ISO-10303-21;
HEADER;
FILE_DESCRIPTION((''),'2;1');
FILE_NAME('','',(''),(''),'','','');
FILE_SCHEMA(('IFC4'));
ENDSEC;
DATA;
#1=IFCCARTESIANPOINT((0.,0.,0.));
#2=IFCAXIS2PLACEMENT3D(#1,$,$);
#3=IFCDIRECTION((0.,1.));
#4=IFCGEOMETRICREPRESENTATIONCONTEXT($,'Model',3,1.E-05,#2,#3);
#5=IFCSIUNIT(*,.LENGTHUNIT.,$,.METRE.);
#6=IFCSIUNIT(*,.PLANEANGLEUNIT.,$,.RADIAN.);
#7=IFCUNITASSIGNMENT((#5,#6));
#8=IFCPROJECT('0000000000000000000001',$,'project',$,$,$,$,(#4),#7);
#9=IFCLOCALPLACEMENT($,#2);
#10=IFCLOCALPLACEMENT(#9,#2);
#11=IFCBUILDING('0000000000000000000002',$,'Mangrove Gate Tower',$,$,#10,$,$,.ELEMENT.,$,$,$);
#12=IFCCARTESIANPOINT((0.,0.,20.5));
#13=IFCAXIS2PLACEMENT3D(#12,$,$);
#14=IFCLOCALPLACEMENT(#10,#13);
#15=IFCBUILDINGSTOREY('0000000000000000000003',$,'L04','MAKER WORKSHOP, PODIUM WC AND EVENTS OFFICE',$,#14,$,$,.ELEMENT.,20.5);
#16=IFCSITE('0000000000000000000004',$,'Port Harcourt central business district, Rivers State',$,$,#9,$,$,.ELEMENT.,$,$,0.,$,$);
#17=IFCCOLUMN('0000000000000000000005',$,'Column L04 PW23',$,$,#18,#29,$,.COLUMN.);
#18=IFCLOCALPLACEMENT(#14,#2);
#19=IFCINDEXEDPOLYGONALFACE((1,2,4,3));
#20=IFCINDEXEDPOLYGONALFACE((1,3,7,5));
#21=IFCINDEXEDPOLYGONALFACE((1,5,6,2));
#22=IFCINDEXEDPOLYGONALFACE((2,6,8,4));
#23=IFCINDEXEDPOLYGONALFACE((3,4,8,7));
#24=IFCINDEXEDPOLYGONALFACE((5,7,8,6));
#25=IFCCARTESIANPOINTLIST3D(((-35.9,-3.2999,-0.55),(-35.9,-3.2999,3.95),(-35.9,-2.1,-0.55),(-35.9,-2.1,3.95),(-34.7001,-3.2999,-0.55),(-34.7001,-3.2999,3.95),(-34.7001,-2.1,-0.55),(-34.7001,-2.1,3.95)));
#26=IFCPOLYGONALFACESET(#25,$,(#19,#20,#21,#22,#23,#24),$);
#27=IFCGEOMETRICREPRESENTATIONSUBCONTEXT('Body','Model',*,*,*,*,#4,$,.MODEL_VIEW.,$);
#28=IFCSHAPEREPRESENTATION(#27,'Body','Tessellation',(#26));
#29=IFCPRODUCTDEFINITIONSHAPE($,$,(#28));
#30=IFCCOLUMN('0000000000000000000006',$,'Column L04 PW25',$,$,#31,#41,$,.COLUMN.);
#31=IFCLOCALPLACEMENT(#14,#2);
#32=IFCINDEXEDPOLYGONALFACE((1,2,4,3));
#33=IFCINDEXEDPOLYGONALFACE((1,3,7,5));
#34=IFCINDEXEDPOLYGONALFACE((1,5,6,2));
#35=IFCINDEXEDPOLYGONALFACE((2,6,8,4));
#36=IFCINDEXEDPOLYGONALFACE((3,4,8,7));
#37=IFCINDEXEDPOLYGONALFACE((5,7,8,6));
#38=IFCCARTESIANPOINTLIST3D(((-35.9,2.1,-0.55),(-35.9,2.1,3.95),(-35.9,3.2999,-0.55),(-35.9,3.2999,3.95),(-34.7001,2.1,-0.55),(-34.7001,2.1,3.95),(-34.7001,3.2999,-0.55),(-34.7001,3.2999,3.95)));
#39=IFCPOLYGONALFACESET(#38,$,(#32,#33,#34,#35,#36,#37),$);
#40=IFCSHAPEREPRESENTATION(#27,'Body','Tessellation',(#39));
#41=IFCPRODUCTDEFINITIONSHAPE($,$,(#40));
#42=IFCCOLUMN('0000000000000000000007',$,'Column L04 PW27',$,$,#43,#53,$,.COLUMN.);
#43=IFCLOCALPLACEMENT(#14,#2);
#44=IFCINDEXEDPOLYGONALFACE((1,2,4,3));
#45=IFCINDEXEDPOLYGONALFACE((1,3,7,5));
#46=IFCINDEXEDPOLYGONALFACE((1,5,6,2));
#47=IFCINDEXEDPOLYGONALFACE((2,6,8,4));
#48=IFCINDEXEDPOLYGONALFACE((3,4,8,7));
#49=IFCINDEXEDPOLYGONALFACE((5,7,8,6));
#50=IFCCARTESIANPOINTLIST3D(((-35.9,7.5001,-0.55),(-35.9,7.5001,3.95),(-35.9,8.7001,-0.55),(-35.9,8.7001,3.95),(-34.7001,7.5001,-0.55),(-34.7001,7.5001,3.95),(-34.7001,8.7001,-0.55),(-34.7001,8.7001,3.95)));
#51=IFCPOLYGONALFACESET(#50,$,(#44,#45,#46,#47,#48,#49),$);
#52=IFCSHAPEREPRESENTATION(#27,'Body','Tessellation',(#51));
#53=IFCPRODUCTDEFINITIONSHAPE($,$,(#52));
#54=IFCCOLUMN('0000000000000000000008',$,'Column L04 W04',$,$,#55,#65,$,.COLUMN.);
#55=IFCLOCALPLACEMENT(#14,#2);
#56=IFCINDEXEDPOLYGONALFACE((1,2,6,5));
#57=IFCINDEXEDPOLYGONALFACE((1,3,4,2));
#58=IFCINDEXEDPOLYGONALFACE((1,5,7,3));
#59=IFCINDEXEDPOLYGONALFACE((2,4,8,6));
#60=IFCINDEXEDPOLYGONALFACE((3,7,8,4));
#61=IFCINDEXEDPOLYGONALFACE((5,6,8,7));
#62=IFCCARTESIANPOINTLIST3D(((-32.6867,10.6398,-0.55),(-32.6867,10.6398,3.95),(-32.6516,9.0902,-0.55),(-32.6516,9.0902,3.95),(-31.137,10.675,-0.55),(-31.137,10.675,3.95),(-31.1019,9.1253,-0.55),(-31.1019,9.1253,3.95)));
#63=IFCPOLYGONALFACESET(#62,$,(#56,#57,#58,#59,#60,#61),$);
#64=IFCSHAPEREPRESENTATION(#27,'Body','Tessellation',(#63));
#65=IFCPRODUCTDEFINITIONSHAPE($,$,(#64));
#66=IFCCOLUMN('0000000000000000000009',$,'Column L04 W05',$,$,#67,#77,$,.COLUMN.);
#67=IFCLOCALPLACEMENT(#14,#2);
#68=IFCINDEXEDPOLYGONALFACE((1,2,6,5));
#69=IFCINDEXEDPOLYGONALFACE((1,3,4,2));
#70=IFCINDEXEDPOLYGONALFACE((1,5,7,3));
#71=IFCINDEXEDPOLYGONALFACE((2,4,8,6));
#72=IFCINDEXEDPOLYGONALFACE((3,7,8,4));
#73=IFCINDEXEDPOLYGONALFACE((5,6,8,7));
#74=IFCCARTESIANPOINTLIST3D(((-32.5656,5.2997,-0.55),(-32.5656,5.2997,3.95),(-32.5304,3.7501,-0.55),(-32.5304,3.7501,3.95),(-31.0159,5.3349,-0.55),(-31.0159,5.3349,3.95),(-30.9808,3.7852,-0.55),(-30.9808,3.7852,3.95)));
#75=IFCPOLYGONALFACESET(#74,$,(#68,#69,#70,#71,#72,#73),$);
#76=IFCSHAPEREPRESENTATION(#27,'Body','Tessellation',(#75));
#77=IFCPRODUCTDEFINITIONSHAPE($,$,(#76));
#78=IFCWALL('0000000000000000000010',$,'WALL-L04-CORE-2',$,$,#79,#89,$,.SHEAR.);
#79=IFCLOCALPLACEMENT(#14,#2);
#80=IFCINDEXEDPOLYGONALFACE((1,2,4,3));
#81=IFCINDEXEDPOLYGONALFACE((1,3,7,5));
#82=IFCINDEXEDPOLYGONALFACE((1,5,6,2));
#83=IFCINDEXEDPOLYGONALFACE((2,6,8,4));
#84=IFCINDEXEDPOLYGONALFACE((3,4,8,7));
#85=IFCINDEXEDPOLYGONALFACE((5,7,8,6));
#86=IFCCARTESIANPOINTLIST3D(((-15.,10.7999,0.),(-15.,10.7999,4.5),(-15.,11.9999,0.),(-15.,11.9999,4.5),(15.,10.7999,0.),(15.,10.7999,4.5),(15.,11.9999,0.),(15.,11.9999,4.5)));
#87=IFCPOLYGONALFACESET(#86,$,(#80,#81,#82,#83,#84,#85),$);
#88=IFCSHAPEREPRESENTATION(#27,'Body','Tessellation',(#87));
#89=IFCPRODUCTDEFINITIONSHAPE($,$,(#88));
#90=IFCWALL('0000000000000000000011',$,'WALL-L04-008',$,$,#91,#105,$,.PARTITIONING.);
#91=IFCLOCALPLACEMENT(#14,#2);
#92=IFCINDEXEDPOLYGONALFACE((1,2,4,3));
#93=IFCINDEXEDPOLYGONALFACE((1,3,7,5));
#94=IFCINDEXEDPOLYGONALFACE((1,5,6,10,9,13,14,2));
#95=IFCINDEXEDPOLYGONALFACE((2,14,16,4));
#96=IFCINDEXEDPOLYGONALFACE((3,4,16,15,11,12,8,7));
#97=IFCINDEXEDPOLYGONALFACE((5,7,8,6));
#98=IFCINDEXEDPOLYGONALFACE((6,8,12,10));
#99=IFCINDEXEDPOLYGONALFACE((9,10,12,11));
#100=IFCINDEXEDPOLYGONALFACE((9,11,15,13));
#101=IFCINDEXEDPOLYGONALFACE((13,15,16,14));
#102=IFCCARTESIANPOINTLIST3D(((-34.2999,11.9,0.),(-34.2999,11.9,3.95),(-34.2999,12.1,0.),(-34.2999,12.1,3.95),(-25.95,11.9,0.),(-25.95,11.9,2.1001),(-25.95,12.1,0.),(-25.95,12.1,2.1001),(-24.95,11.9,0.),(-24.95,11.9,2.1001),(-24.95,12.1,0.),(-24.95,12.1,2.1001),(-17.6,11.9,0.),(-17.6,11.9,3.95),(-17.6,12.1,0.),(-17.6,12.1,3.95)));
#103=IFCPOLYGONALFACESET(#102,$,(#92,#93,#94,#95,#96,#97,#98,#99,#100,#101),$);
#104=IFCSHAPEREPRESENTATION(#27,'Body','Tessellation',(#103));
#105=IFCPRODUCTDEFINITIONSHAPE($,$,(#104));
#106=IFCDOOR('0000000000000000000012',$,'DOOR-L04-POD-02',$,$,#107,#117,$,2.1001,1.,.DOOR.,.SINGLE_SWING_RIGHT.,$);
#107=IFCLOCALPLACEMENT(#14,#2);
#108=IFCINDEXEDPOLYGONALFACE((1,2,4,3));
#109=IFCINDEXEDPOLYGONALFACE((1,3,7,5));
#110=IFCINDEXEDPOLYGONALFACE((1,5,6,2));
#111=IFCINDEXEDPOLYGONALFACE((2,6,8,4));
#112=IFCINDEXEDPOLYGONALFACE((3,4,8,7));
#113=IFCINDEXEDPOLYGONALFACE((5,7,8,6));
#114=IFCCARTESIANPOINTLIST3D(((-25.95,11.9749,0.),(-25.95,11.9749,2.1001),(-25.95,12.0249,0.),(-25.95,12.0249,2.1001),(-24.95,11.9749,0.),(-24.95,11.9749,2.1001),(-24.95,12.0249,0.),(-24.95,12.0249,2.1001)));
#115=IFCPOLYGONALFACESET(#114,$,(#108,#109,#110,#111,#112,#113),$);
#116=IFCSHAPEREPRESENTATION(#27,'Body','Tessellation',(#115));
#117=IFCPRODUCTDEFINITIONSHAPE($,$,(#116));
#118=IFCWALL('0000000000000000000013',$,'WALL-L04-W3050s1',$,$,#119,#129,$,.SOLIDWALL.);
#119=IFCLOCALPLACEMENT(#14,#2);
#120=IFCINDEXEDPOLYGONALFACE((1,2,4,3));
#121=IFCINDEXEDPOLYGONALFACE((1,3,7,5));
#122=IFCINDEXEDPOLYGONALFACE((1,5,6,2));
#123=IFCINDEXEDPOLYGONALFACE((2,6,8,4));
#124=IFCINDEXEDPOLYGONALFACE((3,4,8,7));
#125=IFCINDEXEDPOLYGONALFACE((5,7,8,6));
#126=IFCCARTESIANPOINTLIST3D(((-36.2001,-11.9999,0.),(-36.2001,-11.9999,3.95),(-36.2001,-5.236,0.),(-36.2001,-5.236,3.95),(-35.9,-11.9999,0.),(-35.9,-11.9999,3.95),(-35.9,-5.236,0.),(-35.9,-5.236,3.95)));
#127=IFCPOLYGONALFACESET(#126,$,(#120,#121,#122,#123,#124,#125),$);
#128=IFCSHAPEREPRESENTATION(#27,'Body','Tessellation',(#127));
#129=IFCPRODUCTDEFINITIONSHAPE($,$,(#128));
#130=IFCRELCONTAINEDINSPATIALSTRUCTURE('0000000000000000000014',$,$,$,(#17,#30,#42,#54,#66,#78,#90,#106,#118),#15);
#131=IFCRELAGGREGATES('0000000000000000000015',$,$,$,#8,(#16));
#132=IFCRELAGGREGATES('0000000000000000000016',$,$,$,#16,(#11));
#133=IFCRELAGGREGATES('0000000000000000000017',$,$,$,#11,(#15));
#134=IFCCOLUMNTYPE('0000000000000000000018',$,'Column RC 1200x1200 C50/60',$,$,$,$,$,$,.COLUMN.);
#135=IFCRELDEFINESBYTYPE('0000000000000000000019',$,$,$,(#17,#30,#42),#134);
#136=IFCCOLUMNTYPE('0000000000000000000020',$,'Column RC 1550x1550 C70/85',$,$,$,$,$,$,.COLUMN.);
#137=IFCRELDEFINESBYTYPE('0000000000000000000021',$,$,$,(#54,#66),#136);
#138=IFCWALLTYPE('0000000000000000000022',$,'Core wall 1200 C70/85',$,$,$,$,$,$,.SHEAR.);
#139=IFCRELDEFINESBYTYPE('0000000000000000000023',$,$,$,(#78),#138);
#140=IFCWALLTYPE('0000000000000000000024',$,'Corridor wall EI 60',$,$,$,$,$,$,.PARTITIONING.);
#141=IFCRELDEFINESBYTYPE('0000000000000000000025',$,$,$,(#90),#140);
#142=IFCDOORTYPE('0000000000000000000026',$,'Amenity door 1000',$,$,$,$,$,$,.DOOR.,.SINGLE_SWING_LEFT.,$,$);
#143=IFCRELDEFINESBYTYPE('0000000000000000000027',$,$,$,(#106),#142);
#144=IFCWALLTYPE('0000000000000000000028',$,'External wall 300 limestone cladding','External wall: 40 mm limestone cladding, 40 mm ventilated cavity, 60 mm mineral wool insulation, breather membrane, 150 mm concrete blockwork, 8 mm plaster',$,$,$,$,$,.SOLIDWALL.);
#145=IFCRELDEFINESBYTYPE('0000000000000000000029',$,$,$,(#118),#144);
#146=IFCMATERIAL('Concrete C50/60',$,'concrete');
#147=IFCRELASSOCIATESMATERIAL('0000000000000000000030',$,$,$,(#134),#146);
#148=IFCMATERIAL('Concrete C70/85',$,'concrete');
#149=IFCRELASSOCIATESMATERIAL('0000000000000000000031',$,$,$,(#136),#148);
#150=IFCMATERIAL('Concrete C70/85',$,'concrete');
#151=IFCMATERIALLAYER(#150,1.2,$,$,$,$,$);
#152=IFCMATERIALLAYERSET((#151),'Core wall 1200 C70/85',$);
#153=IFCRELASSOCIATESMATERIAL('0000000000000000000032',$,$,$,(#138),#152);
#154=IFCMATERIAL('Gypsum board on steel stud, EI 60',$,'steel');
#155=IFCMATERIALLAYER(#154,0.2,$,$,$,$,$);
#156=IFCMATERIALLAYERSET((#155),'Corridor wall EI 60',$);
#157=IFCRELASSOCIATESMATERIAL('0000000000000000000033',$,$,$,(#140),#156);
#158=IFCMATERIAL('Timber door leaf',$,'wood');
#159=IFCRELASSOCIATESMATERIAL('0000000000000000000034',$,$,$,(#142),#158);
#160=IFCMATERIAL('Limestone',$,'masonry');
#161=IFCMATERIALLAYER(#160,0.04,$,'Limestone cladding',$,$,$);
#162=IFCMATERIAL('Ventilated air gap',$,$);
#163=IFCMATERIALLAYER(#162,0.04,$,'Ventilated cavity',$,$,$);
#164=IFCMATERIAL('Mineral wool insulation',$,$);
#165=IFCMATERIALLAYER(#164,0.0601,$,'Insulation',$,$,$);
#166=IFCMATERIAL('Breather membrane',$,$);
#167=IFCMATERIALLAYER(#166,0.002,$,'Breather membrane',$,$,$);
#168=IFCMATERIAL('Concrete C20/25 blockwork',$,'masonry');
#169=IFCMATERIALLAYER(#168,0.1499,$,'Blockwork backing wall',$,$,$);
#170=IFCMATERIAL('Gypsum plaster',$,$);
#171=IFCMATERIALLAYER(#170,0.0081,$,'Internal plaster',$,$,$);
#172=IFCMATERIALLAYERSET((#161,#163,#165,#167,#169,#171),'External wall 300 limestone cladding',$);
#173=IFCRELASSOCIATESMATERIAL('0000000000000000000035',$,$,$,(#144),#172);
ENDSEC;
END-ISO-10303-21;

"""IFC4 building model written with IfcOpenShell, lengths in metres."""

from ifc_helpers import new_model, si_unit, direction, frame, frame_2d, origin, origin_2d, place, context, subcontext, project, spatial, rectangle, extrude, material, layer, layer_set, material_profile, profile_set, type_object, element, fill, save


model = new_model("IFC4")

# Units and contexts
model_context = context("Model", 3, precision=1e-05, world=origin(), true_north=direction((0.0, 1.0)))
body_context = subcontext(model_context, "Body", "Model", "MODEL_VIEW")
ifc_project = project(units=[si_unit("LENGTHUNIT", "METRE"), si_unit("PLANEANGLEUNIT", "RADIAN")], contexts=[model_context])

# Site, building, storey
site_placement = place(None, origin())
site = spatial("IfcSite", under=ifc_project, at=site_placement, Name="Port Harcourt central business district, Rivers State", CompositionType="ELEMENT", RefElevation=0.0)
building_placement = place(site_placement, origin())
building = spatial("IfcBuilding", under=site, at=building_placement, Name="Mangrove Gate Tower", CompositionType="ELEMENT")
storey_placement = place(building_placement, frame((0.0, 0.0, 20.5)))
storey = spatial("IfcBuildingStorey", under=building, at=storey_placement, Name="L04", Description="MAKER WORKSHOP, PODIUM WC AND EVENTS OFFICE", CompositionType="ELEMENT", Elevation=20.5)

# Columns
ifc_material_1 = material(Name="Concrete C50/60", Category="concrete")
ifc_material_profile_1 = material_profile(ifc_material_1, rectangle(XDim=1.2, YDim=1.2, at=origin_2d()))
ifc_profile_set_1 = profile_set([ifc_material_profile_1], Name="Concrete C50/60")
column_type_1 = type_object("IfcColumnType", Name="Column RC 1200x1200 C50/60", PredefinedType="COLUMN", material=ifc_profile_set_1)
for number, where, z_axis, x_axis, name in (
    (1, (-35.3, -2.7, -0.55), (0.0, 0.0, 1.0), (1.0, 0.0, 0.0), "Column L04 PW23"),
    (2, (-35.3, 2.7, -0.55), (0.0, 0.0, 1.0), (1.0, 0.0, 0.0), "Column L04 PW25"),
    (3, (-35.3, 8.1001, -0.55), (0.0, 0.0, 1.0), (1.0, 0.0, 0.0), "Column L04 PW27"),
):
    element("IfcColumn", number, at=place(storey_placement, frame(where, z_axis=z_axis, x_axis=x_axis)), inside=storey, type_object=column_type_1, Name=name, PredefinedType="COLUMN", context=body_context, shape_type="SweptSolid", body=[
        extrude(rectangle(XDim=1.2, YDim=1.2, at=origin_2d()), origin(), (0.0, 0.0, 1.0), 4.5),
    ])
ifc_material_2 = material(Name="Concrete C70/85", Category="concrete")
ifc_material_profile_2 = material_profile(ifc_material_2, rectangle(XDim=1.55, YDim=1.55, at=origin_2d()))
ifc_profile_set_2 = profile_set([ifc_material_profile_2], Name="Concrete C70/85")
column_type_2 = type_object("IfcColumnType", Name="Column RC 1550x1550 C70/85", PredefinedType="COLUMN", material=ifc_profile_set_2)
for number, where, z_axis, x_axis, name in (
    (4, (-31.8943, 9.8826, -0.55), (0.0, 0.0, 1.0), (0.022653, -0.999743, 0.0), "Column L04 W04"),
    (5, (-31.7732, 4.5425, -0.55), (0.0, 0.0, 1.0), (0.02268, -0.999743, 0.0), "Column L04 W05"),
):
    element("IfcColumn", number, at=place(storey_placement, frame(where, z_axis=z_axis, x_axis=x_axis)), inside=storey, type_object=column_type_2, Name=name, PredefinedType="COLUMN", context=body_context, shape_type="SweptSolid", body=[
        extrude(rectangle(XDim=1.55, YDim=1.55, at=origin_2d()), origin(), (0.0, 0.0, 1.0), 4.5),
    ])

# Wall
ifc_material_3 = material(Name="Concrete C70/85", Category="concrete")
ifc_layer_1 = layer(ifc_material_3, 1.2)
ifc_layer_set_1 = layer_set([ifc_layer_1], Name="Core wall 1200 C70/85")
wall_type_1 = type_object("IfcWallType", Name="Core wall 1200 C70/85", PredefinedType="SHEAR", material=ifc_layer_set_1)
wall_1_placement = place(storey_placement, frame((-15.0, 11.3999, 0.0), z_axis=(0.0, 0.0, 1.0), x_axis=(1.0, 0.0, 0.0)))
element("IfcWall", 6, at=wall_1_placement, inside=storey, type_object=wall_type_1, Name="WALL-L04-CORE-2", PredefinedType="SHEAR", context=body_context, shape_type="SweptSolid", body=[
    extrude(rectangle(XDim=30.0, YDim=1.2, at=frame_2d((15.0, 0.0))), origin(), (0.0, 0.0, 1.0), 4.5),
])

# Wall, opening, door
ifc_material_4 = material(Name="Gypsum board on steel stud, EI 60", Category="steel")
ifc_layer_2 = layer(ifc_material_4, 0.2)
ifc_layer_set_2 = layer_set([ifc_layer_2], Name="Corridor wall EI 60")
wall_type_2 = type_object("IfcWallType", Name="Corridor wall EI 60", PredefinedType="PARTITIONING", material=ifc_layer_set_2)
wall_2_placement = place(storey_placement, frame((-34.3, 12.0, 0.0), z_axis=(0.0, 0.0, 1.0), x_axis=(1.0, 0.0, 0.0)))
wall_2 = element("IfcWall", 7, at=wall_2_placement, inside=storey, type_object=wall_type_2, Name="WALL-L04-008", PredefinedType="PARTITIONING", context=body_context, shape_type="SweptSolid", body=[
    extrude(rectangle(XDim=16.7, YDim=0.2, at=frame_2d((8.3501, 0.0))), origin(), (0.0, 0.0, 1.0), 3.95),
])
opening_placement = place(wall_2_placement, frame((8.3501, 0.0, 0.0)))
opening = element("IfcOpeningElement", 8, at=opening_placement, cuts=wall_2, PredefinedType="OPENING", context=body_context, shape_type="SweptSolid", body=[
    extrude(rectangle(XDim=1.0, YDim=2.1001, at=frame_2d((0.5, 1.05))), frame((0.0, 0.1099, 0.0), z_axis=(0.0, -1.0, 0.0), x_axis=(1.0, 0.0, 0.0)), (0.0, 0.0, 1.0), 0.22),
])
ifc_material_5 = material(Name="Timber door leaf", Category="wood")
door_type = type_object("IfcDoorType", Name="Amenity door 1000", OperationType="SINGLE_SWING_LEFT", PredefinedType="DOOR", material=ifc_material_5)
door_placement = place(opening_placement, origin())
door = element("IfcDoor", 9, at=door_placement, inside=storey, type_object=door_type, Name="DOOR-L04-POD-02", OperationType="SINGLE_SWING_RIGHT", OverallHeight=2.1001, OverallWidth=1.0, PredefinedType="DOOR", context=body_context, shape_type="SweptSolid", body=[
    extrude(rectangle(XDim=1.0, YDim=2.1001, at=frame_2d((0.5, 1.05))), frame((0.0, 0.0249, 0.0), z_axis=(0.0, -1.0, 0.0), x_axis=(1.0, 0.0, 0.0)), (0.0, 0.0, 1.0), 0.05),
])
fill(opening, door)

# Wall
ifc_material_6 = material(Name="Limestone", Category="masonry")
ifc_layer_3 = layer(ifc_material_6, 0.04, Name="Limestone cladding")
ifc_material_7 = material(Name="Ventilated air gap")
ifc_layer_4 = layer(ifc_material_7, 0.04, Name="Ventilated cavity")
ifc_material_8 = material(Name="Mineral wool insulation")
ifc_layer_5 = layer(ifc_material_8, 0.0601, Name="Insulation")
ifc_material_9 = material(Name="Breather membrane")
ifc_layer_6 = layer(ifc_material_9, 0.002, Name="Breather membrane")
ifc_material_10 = material(Name="Concrete C20/25 blockwork", Category="masonry")
ifc_layer_7 = layer(ifc_material_10, 0.1499, Name="Blockwork backing wall")
ifc_material_11 = material(Name="Gypsum plaster")
ifc_layer_8 = layer(ifc_material_11, 0.0081, Name="Internal plaster")
ifc_layer_set_3 = layer_set([ifc_layer_3, ifc_layer_4, ifc_layer_5, ifc_layer_6, ifc_layer_7, ifc_layer_8], Name="External wall 300 limestone cladding")
wall_type_3 = type_object("IfcWallType", Name="External wall 300 limestone cladding", Description="External wall: 40 mm limestone cladding, 40 mm ventilated cavity, 60 mm mineral wool insulation, breather membrane, 150 mm concrete blockwork, 8 mm plaster", PredefinedType="SOLIDWALL", material=ifc_layer_set_3)
wall_3_placement = place(storey_placement, frame((-36.05, -5.2361, 0.0), z_axis=(0.0, 0.0, 1.0), x_axis=(0.0, -1.0, 0.0)))
element("IfcWall", 10, at=wall_3_placement, inside=storey, type_object=wall_type_3, Name="WALL-L04-W3050s1", PredefinedType="SOLIDWALL", context=body_context, shape_type="SweptSolid", body=[
    extrude(rectangle(XDim=6.7639, YDim=0.3, at=frame_2d((3.3818, 0.0))), origin(), (0.0, 0.0, 1.0), 3.95),
])

save(model, "model.ifc")
